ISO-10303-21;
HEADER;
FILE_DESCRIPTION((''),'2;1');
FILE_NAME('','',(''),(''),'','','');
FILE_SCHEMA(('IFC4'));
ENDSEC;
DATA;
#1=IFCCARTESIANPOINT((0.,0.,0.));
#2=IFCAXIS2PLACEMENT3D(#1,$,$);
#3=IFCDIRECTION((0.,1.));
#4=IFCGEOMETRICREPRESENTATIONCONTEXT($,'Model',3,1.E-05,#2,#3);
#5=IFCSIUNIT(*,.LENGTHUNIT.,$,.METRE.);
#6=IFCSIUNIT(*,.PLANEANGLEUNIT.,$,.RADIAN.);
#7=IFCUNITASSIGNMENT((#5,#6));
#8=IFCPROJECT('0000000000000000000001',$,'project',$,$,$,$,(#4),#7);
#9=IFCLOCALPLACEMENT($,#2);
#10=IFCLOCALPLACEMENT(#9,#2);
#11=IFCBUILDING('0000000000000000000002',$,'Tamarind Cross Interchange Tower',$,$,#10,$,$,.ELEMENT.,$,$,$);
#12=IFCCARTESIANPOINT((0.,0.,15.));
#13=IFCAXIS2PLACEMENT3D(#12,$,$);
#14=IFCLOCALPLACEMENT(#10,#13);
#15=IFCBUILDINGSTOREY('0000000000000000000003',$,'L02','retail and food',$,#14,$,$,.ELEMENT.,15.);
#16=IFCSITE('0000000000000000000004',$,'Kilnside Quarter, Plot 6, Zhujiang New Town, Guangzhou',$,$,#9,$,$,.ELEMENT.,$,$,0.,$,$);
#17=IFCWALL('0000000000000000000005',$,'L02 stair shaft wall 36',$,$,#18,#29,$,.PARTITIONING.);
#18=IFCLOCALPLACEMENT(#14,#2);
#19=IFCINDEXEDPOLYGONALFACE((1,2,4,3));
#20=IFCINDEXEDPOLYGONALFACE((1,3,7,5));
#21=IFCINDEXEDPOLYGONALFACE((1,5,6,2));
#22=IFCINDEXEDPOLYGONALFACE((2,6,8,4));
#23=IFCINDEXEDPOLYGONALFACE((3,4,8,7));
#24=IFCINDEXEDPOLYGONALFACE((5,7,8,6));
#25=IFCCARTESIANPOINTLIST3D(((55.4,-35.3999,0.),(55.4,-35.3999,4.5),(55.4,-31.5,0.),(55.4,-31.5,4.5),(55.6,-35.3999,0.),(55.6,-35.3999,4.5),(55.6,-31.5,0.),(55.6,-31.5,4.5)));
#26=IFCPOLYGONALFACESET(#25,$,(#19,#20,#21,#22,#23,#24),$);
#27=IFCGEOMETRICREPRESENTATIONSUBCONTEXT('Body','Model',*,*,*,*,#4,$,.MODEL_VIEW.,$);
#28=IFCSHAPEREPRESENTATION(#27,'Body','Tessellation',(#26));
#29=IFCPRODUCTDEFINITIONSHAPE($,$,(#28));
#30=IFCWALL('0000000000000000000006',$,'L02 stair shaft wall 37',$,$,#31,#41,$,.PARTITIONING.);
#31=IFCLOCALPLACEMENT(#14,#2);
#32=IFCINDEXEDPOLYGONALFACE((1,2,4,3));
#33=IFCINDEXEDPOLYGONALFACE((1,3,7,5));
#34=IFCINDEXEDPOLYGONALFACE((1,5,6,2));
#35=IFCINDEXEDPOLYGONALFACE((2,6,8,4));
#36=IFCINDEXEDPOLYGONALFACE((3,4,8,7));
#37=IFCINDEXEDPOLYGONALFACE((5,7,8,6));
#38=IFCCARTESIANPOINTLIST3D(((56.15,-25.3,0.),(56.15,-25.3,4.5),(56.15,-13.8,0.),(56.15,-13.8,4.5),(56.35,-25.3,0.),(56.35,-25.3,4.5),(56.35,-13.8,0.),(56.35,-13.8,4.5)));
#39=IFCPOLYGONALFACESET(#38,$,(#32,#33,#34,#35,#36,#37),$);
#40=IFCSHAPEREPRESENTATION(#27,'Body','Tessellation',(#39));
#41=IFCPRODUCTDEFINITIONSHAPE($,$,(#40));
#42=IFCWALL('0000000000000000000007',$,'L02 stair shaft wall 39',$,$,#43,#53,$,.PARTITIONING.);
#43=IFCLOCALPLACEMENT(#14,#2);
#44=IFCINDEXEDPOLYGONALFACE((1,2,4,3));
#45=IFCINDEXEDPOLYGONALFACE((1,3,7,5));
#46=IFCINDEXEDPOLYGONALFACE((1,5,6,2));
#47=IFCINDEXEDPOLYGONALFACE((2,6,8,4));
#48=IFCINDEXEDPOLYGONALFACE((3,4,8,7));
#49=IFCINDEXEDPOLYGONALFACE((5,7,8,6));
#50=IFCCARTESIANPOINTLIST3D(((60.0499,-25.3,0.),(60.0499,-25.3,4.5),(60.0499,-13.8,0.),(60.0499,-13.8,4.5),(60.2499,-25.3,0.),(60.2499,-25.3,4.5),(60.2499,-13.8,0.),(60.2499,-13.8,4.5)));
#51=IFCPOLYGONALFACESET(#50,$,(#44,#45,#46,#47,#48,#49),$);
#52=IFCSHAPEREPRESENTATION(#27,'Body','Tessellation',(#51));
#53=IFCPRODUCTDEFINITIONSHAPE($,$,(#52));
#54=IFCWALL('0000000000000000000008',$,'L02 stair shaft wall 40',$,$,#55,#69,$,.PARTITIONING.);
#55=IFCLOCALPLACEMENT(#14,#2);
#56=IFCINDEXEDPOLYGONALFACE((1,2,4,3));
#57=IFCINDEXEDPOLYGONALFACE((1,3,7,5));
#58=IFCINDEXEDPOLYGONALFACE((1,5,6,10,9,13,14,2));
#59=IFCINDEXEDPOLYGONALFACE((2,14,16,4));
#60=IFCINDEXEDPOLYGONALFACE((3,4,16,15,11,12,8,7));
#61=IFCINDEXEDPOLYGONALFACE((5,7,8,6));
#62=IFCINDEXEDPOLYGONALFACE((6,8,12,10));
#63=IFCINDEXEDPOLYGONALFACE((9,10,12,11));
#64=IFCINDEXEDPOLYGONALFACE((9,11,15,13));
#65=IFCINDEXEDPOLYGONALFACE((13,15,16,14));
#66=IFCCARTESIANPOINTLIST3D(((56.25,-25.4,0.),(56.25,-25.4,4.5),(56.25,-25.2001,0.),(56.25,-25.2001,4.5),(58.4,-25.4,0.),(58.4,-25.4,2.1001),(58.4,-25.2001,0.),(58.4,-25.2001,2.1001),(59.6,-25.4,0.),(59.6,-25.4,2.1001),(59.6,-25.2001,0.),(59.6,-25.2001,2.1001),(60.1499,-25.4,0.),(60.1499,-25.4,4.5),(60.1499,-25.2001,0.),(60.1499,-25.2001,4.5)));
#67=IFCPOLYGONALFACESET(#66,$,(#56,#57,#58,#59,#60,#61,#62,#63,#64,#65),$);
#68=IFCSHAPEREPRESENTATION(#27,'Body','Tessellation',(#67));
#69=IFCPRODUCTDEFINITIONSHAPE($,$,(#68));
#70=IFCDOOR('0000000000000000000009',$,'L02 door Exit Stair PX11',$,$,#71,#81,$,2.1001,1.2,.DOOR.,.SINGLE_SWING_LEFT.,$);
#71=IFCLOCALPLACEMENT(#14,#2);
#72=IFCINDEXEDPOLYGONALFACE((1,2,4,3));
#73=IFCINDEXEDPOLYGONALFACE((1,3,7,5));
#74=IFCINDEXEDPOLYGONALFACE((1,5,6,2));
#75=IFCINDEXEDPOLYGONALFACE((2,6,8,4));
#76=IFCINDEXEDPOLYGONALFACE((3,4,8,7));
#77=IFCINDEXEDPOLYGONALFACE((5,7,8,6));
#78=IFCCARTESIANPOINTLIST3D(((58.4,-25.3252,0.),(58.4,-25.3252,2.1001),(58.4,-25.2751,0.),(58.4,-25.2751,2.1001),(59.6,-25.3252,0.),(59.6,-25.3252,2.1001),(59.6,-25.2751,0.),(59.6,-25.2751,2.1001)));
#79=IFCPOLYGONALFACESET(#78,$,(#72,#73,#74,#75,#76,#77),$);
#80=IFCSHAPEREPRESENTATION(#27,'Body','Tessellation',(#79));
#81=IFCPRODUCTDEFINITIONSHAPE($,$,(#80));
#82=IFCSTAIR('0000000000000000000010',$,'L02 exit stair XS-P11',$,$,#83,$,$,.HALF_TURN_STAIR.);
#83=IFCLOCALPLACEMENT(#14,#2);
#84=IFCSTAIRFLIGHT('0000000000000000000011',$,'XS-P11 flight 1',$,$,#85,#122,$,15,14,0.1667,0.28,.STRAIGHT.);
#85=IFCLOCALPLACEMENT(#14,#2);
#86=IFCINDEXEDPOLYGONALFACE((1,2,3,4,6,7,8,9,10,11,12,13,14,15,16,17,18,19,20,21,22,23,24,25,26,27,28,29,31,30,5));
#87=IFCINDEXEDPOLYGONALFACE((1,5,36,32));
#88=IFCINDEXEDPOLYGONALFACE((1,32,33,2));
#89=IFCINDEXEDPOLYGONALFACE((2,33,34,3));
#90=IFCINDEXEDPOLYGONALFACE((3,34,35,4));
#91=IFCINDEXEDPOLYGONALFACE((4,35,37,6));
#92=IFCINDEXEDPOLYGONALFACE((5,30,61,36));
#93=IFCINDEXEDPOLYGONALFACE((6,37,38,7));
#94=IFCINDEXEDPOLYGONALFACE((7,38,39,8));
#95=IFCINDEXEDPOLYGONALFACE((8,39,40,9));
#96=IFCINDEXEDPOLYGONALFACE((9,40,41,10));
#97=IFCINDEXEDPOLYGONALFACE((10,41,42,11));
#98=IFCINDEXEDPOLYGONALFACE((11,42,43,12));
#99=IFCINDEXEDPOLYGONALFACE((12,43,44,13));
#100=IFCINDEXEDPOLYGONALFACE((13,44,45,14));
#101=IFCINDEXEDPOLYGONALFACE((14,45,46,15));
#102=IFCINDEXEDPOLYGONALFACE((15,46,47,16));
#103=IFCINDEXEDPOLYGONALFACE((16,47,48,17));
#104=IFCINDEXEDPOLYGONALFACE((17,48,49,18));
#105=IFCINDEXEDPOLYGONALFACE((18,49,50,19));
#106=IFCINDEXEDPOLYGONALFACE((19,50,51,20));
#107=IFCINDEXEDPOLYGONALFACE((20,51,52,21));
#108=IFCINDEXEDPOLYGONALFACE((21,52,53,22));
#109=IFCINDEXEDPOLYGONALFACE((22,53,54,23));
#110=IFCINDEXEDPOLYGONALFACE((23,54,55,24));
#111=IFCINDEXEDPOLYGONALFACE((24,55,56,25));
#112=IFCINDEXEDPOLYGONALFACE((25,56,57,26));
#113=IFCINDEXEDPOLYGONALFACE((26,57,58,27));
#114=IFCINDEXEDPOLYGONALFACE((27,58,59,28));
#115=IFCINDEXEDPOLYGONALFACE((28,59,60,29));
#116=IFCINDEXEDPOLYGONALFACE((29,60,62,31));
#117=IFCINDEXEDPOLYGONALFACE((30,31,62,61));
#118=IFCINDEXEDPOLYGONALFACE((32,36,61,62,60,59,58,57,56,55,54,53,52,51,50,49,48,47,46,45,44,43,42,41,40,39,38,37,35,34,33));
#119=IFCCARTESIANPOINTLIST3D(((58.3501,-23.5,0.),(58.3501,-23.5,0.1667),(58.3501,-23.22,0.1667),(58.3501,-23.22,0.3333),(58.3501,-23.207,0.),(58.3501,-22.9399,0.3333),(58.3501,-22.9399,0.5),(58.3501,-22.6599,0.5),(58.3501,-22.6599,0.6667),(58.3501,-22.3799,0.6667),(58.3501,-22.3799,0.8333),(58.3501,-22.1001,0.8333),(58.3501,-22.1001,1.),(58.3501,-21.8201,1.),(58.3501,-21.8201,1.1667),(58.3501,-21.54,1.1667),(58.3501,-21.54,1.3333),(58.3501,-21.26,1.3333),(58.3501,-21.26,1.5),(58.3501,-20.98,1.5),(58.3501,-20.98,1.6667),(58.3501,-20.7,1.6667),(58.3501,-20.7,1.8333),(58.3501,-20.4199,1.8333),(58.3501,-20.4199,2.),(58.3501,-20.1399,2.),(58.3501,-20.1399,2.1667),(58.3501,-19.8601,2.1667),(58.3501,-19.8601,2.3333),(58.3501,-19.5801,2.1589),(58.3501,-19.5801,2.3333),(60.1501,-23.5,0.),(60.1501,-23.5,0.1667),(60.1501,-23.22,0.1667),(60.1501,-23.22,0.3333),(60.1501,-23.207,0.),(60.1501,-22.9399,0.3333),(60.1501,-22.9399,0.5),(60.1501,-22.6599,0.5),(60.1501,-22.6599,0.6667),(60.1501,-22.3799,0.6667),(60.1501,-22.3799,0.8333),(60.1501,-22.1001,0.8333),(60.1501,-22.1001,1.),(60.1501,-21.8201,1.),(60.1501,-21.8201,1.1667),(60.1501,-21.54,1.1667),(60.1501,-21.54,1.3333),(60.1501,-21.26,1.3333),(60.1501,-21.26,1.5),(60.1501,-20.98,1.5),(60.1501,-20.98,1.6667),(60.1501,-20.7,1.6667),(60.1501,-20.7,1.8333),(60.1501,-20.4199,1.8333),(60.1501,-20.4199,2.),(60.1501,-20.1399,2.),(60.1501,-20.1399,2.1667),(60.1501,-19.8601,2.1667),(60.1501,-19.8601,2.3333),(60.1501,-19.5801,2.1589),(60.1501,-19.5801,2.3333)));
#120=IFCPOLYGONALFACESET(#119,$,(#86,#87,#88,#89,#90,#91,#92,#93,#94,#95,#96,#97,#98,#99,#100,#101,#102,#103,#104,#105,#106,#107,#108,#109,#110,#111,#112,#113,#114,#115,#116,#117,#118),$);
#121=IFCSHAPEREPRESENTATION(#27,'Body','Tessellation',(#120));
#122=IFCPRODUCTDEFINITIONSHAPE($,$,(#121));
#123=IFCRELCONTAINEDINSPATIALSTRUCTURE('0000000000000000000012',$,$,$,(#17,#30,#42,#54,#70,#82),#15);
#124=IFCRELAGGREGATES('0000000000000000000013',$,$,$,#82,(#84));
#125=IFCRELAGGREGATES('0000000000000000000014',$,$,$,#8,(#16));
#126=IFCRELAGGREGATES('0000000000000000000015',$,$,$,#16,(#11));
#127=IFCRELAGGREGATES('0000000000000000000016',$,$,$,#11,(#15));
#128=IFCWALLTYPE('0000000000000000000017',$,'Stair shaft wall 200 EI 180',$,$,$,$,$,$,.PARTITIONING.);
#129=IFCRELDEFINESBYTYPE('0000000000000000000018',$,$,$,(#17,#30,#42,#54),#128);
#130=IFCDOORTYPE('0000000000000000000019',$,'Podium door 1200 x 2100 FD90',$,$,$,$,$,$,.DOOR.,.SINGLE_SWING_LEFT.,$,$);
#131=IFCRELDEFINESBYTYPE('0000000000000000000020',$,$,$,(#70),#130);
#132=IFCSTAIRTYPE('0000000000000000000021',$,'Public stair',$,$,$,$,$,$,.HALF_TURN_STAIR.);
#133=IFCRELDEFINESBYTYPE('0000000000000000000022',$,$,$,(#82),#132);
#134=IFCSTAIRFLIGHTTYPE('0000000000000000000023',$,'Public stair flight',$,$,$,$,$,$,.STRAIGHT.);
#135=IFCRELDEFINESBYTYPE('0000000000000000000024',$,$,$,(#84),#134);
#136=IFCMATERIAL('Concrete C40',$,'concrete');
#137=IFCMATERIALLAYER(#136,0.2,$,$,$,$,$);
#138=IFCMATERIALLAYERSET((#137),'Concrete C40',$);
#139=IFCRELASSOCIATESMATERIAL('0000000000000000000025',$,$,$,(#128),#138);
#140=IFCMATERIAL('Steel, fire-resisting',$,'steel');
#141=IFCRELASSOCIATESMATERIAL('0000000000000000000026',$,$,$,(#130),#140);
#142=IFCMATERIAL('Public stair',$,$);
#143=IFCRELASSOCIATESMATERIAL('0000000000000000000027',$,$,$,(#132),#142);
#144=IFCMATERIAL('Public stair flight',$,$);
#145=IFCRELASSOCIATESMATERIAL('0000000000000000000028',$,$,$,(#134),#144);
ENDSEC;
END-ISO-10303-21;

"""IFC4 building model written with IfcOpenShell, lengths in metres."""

from ifc_helpers import new_model, si_unit, direction, frame, frame_2d, origin, place, context, subcontext, project, spatial, polyline, rectangle, outline, extrude, material, layer, layer_set, type_object, element, fill, aggregate, save


model = new_model("IFC4")

# Units and contexts
model_context = context("Model", 3, precision=1e-05, world=origin(), true_north=direction((0.0, 1.0)))
body_context = subcontext(model_context, "Body", "Model", "MODEL_VIEW")
ifc_project = project(units=[si_unit("LENGTHUNIT", "METRE"), si_unit("PLANEANGLEUNIT", "RADIAN")], contexts=[model_context])

# Site, building, storey
site_placement = place(None, origin())
site = spatial("IfcSite", under=ifc_project, at=site_placement, Name="Kilnside Quarter, Plot 6, Zhujiang New Town, Guangzhou", CompositionType="ELEMENT", RefElevation=0.0)
building_placement = place(site_placement, origin())
building = spatial("IfcBuilding", under=site, at=building_placement, Name="Tamarind Cross Interchange Tower", CompositionType="ELEMENT")
storey_placement = place(building_placement, frame((0.0, 0.0, 15.0)))
storey = spatial("IfcBuildingStorey", under=building, at=storey_placement, Name="L02", Description="retail and food", CompositionType="ELEMENT", Elevation=15.0)

# Walls
ifc_material_1 = material(Name="Concrete C40", Category="concrete")
ifc_layer_1 = layer(ifc_material_1, 0.2)
ifc_layer_set_1 = layer_set([ifc_layer_1], Name="Concrete C40")
wall_type_1 = type_object("IfcWallType", Name="Stair shaft wall 200 EI 180", PredefinedType="PARTITIONING", material=ifc_layer_set_1)
wall_1_placement = place(storey_placement, frame((55.5, -35.3999, 0.0), z_axis=(0.0, 0.0, 1.0), x_axis=(0.0, 1.0, 0.0)))
element("IfcWall", 1, at=wall_1_placement, inside=storey, type_object=wall_type_1, Name="L02 stair shaft wall 36", PredefinedType="PARTITIONING", context=body_context, shape_type="SweptSolid", body=[
    extrude(rectangle(XDim=3.8999, YDim=0.2, at=frame_2d((1.95, 0.0))), origin(), (0.0, 0.0, 1.0), 4.5),
])
for number, where, z_axis, x_axis, name in (
    (2, (56.25, -25.3, 0.0), (0.0, 0.0, 1.0), (0.0, 1.0, 0.0), "L02 stair shaft wall 37"),
    (3, (60.1499, -25.3, 0.0), (0.0, 0.0, 1.0), (0.0, 1.0, 0.0), "L02 stair shaft wall 39"),
):
    element("IfcWall", number, at=place(storey_placement, frame(where, z_axis=z_axis, x_axis=x_axis)), inside=storey, type_object=wall_type_1, Name=name, PredefinedType="PARTITIONING", context=body_context, shape_type="SweptSolid", body=[
        extrude(rectangle(XDim=11.5, YDim=0.2, at=frame_2d((5.75, 0.0))), origin(), (0.0, 0.0, 1.0), 4.5),
    ])

# Wall, opening, door
wall_2_placement = place(storey_placement, frame((56.25, -25.3, 0.0), z_axis=(0.0, 0.0, 1.0), x_axis=(1.0, 0.0, 0.0)))
wall_2 = element("IfcWall", 4, at=wall_2_placement, inside=storey, type_object=wall_type_1, Name="L02 stair shaft wall 40", PredefinedType="PARTITIONING", context=body_context, shape_type="SweptSolid", body=[
    extrude(rectangle(XDim=3.8999, YDim=0.2, at=frame_2d((1.95, 0.0))), origin(), (0.0, 0.0, 1.0), 4.5),
])
opening_placement = place(wall_2_placement, frame((2.1499, 0.0, 0.0)))
opening = element("IfcOpeningElement", 5, at=opening_placement, cuts=wall_2, PredefinedType="OPENING", context=body_context, shape_type="SweptSolid", body=[
    extrude(rectangle(XDim=1.2, YDim=2.1001, at=frame_2d((0.6001, 1.05))), frame((0.0, 0.1099, 0.0), z_axis=(0.0, -1.0, 0.0), x_axis=(1.0, 0.0, 0.0)), (0.0, 0.0, 1.0), 0.22),
])
ifc_material_2 = material(Name="Steel, fire-resisting", Category="steel")
door_type = type_object("IfcDoorType", Name="Podium door 1200 x 2100 FD90", OperationType="SINGLE_SWING_LEFT", PredefinedType="DOOR", material=ifc_material_2)
door_placement = place(opening_placement, origin())
door = element("IfcDoor", 6, at=door_placement, inside=storey, type_object=door_type, Name="L02 door Exit Stair PX11", OperationType="SINGLE_SWING_LEFT", OverallHeight=2.1001, OverallWidth=1.2, PredefinedType="DOOR", context=body_context, shape_type="SweptSolid", body=[
    extrude(rectangle(XDim=1.2, YDim=2.1001, at=frame_2d((0.6001, 1.05))), frame((0.0, 0.0249, 0.0), z_axis=(0.0, -1.0, 0.0), x_axis=(1.0, 0.0, 0.0)), (0.0, 0.0, 1.0), 0.05),
])
fill(opening, door)

# Stair, stair flight
ifc_material_3 = material(Name="Public stair")
stair_type = type_object("IfcStairType", Name="Public stair", PredefinedType="HALF_TURN_STAIR", material=ifc_material_3)
stair_placement = place(storey_placement, origin())
stair = element("IfcStair", 7, at=stair_placement, inside=storey, type_object=stair_type, Name="L02 exit stair XS-P11", PredefinedType="HALF_TURN_STAIR")
ifc_material_4 = material(Name="Public stair flight")
stair_flight_type = type_object("IfcStairFlightType", Name="Public stair flight", PredefinedType="STRAIGHT", material=ifc_material_4)
stair_flight_placement = place(storey_placement, frame((59.25, -23.5, 0.0), z_axis=(0.0, 0.0, 1.0), x_axis=(0.0, 1.0, 0.0)))
stair_flight = element("IfcStairFlight", 8, at=stair_flight_placement, type_object=stair_flight_type, Name="XS-P11 flight 1", NumberOfRisers=15, NumberOfTreads=14, PredefinedType="STRAIGHT", RiserHeight=0.1667, TreadLength=0.28, context=body_context, shape_type="SweptSolid", body=[
    extrude(outline(polyline([(0.0, 0.0), (0.0, 0.1667), (0.28, 0.1667), (0.28, 0.3333), (0.5601, 0.3333), (0.5601, 0.5), (0.8401, 0.5), (0.8401, 0.6667), (1.1201, 0.6667), (1.1201, 0.8333), (1.3999, 0.8333), (1.3999, 1.0), (1.6799, 1.0), (1.6799, 1.1667), (1.96, 1.1667), (1.96, 1.3333), (2.24, 1.3333), (2.24, 1.5), (2.52, 1.5), (2.52, 1.6667), (2.8, 1.6667), (2.8, 1.8333), (3.0801, 1.8333), (3.0801, 2.0), (3.3601, 2.0), (3.3601, 2.1667), (3.6399, 2.1667), (3.6399, 2.3333), (3.9199, 2.3333), (3.9199, 2.5), (3.9199, 2.1589), (0.293, 0.0), (0.0, 0.0)])), frame((0.0, 0.8999, 0.0), z_axis=(0.0, -1.0, 0.0), x_axis=(1.0, 0.0, 0.0)), (0.0, 0.0, 1.0), 1.8),
])
aggregate(stair, [stair_flight])

save(model, "model.ifc")
